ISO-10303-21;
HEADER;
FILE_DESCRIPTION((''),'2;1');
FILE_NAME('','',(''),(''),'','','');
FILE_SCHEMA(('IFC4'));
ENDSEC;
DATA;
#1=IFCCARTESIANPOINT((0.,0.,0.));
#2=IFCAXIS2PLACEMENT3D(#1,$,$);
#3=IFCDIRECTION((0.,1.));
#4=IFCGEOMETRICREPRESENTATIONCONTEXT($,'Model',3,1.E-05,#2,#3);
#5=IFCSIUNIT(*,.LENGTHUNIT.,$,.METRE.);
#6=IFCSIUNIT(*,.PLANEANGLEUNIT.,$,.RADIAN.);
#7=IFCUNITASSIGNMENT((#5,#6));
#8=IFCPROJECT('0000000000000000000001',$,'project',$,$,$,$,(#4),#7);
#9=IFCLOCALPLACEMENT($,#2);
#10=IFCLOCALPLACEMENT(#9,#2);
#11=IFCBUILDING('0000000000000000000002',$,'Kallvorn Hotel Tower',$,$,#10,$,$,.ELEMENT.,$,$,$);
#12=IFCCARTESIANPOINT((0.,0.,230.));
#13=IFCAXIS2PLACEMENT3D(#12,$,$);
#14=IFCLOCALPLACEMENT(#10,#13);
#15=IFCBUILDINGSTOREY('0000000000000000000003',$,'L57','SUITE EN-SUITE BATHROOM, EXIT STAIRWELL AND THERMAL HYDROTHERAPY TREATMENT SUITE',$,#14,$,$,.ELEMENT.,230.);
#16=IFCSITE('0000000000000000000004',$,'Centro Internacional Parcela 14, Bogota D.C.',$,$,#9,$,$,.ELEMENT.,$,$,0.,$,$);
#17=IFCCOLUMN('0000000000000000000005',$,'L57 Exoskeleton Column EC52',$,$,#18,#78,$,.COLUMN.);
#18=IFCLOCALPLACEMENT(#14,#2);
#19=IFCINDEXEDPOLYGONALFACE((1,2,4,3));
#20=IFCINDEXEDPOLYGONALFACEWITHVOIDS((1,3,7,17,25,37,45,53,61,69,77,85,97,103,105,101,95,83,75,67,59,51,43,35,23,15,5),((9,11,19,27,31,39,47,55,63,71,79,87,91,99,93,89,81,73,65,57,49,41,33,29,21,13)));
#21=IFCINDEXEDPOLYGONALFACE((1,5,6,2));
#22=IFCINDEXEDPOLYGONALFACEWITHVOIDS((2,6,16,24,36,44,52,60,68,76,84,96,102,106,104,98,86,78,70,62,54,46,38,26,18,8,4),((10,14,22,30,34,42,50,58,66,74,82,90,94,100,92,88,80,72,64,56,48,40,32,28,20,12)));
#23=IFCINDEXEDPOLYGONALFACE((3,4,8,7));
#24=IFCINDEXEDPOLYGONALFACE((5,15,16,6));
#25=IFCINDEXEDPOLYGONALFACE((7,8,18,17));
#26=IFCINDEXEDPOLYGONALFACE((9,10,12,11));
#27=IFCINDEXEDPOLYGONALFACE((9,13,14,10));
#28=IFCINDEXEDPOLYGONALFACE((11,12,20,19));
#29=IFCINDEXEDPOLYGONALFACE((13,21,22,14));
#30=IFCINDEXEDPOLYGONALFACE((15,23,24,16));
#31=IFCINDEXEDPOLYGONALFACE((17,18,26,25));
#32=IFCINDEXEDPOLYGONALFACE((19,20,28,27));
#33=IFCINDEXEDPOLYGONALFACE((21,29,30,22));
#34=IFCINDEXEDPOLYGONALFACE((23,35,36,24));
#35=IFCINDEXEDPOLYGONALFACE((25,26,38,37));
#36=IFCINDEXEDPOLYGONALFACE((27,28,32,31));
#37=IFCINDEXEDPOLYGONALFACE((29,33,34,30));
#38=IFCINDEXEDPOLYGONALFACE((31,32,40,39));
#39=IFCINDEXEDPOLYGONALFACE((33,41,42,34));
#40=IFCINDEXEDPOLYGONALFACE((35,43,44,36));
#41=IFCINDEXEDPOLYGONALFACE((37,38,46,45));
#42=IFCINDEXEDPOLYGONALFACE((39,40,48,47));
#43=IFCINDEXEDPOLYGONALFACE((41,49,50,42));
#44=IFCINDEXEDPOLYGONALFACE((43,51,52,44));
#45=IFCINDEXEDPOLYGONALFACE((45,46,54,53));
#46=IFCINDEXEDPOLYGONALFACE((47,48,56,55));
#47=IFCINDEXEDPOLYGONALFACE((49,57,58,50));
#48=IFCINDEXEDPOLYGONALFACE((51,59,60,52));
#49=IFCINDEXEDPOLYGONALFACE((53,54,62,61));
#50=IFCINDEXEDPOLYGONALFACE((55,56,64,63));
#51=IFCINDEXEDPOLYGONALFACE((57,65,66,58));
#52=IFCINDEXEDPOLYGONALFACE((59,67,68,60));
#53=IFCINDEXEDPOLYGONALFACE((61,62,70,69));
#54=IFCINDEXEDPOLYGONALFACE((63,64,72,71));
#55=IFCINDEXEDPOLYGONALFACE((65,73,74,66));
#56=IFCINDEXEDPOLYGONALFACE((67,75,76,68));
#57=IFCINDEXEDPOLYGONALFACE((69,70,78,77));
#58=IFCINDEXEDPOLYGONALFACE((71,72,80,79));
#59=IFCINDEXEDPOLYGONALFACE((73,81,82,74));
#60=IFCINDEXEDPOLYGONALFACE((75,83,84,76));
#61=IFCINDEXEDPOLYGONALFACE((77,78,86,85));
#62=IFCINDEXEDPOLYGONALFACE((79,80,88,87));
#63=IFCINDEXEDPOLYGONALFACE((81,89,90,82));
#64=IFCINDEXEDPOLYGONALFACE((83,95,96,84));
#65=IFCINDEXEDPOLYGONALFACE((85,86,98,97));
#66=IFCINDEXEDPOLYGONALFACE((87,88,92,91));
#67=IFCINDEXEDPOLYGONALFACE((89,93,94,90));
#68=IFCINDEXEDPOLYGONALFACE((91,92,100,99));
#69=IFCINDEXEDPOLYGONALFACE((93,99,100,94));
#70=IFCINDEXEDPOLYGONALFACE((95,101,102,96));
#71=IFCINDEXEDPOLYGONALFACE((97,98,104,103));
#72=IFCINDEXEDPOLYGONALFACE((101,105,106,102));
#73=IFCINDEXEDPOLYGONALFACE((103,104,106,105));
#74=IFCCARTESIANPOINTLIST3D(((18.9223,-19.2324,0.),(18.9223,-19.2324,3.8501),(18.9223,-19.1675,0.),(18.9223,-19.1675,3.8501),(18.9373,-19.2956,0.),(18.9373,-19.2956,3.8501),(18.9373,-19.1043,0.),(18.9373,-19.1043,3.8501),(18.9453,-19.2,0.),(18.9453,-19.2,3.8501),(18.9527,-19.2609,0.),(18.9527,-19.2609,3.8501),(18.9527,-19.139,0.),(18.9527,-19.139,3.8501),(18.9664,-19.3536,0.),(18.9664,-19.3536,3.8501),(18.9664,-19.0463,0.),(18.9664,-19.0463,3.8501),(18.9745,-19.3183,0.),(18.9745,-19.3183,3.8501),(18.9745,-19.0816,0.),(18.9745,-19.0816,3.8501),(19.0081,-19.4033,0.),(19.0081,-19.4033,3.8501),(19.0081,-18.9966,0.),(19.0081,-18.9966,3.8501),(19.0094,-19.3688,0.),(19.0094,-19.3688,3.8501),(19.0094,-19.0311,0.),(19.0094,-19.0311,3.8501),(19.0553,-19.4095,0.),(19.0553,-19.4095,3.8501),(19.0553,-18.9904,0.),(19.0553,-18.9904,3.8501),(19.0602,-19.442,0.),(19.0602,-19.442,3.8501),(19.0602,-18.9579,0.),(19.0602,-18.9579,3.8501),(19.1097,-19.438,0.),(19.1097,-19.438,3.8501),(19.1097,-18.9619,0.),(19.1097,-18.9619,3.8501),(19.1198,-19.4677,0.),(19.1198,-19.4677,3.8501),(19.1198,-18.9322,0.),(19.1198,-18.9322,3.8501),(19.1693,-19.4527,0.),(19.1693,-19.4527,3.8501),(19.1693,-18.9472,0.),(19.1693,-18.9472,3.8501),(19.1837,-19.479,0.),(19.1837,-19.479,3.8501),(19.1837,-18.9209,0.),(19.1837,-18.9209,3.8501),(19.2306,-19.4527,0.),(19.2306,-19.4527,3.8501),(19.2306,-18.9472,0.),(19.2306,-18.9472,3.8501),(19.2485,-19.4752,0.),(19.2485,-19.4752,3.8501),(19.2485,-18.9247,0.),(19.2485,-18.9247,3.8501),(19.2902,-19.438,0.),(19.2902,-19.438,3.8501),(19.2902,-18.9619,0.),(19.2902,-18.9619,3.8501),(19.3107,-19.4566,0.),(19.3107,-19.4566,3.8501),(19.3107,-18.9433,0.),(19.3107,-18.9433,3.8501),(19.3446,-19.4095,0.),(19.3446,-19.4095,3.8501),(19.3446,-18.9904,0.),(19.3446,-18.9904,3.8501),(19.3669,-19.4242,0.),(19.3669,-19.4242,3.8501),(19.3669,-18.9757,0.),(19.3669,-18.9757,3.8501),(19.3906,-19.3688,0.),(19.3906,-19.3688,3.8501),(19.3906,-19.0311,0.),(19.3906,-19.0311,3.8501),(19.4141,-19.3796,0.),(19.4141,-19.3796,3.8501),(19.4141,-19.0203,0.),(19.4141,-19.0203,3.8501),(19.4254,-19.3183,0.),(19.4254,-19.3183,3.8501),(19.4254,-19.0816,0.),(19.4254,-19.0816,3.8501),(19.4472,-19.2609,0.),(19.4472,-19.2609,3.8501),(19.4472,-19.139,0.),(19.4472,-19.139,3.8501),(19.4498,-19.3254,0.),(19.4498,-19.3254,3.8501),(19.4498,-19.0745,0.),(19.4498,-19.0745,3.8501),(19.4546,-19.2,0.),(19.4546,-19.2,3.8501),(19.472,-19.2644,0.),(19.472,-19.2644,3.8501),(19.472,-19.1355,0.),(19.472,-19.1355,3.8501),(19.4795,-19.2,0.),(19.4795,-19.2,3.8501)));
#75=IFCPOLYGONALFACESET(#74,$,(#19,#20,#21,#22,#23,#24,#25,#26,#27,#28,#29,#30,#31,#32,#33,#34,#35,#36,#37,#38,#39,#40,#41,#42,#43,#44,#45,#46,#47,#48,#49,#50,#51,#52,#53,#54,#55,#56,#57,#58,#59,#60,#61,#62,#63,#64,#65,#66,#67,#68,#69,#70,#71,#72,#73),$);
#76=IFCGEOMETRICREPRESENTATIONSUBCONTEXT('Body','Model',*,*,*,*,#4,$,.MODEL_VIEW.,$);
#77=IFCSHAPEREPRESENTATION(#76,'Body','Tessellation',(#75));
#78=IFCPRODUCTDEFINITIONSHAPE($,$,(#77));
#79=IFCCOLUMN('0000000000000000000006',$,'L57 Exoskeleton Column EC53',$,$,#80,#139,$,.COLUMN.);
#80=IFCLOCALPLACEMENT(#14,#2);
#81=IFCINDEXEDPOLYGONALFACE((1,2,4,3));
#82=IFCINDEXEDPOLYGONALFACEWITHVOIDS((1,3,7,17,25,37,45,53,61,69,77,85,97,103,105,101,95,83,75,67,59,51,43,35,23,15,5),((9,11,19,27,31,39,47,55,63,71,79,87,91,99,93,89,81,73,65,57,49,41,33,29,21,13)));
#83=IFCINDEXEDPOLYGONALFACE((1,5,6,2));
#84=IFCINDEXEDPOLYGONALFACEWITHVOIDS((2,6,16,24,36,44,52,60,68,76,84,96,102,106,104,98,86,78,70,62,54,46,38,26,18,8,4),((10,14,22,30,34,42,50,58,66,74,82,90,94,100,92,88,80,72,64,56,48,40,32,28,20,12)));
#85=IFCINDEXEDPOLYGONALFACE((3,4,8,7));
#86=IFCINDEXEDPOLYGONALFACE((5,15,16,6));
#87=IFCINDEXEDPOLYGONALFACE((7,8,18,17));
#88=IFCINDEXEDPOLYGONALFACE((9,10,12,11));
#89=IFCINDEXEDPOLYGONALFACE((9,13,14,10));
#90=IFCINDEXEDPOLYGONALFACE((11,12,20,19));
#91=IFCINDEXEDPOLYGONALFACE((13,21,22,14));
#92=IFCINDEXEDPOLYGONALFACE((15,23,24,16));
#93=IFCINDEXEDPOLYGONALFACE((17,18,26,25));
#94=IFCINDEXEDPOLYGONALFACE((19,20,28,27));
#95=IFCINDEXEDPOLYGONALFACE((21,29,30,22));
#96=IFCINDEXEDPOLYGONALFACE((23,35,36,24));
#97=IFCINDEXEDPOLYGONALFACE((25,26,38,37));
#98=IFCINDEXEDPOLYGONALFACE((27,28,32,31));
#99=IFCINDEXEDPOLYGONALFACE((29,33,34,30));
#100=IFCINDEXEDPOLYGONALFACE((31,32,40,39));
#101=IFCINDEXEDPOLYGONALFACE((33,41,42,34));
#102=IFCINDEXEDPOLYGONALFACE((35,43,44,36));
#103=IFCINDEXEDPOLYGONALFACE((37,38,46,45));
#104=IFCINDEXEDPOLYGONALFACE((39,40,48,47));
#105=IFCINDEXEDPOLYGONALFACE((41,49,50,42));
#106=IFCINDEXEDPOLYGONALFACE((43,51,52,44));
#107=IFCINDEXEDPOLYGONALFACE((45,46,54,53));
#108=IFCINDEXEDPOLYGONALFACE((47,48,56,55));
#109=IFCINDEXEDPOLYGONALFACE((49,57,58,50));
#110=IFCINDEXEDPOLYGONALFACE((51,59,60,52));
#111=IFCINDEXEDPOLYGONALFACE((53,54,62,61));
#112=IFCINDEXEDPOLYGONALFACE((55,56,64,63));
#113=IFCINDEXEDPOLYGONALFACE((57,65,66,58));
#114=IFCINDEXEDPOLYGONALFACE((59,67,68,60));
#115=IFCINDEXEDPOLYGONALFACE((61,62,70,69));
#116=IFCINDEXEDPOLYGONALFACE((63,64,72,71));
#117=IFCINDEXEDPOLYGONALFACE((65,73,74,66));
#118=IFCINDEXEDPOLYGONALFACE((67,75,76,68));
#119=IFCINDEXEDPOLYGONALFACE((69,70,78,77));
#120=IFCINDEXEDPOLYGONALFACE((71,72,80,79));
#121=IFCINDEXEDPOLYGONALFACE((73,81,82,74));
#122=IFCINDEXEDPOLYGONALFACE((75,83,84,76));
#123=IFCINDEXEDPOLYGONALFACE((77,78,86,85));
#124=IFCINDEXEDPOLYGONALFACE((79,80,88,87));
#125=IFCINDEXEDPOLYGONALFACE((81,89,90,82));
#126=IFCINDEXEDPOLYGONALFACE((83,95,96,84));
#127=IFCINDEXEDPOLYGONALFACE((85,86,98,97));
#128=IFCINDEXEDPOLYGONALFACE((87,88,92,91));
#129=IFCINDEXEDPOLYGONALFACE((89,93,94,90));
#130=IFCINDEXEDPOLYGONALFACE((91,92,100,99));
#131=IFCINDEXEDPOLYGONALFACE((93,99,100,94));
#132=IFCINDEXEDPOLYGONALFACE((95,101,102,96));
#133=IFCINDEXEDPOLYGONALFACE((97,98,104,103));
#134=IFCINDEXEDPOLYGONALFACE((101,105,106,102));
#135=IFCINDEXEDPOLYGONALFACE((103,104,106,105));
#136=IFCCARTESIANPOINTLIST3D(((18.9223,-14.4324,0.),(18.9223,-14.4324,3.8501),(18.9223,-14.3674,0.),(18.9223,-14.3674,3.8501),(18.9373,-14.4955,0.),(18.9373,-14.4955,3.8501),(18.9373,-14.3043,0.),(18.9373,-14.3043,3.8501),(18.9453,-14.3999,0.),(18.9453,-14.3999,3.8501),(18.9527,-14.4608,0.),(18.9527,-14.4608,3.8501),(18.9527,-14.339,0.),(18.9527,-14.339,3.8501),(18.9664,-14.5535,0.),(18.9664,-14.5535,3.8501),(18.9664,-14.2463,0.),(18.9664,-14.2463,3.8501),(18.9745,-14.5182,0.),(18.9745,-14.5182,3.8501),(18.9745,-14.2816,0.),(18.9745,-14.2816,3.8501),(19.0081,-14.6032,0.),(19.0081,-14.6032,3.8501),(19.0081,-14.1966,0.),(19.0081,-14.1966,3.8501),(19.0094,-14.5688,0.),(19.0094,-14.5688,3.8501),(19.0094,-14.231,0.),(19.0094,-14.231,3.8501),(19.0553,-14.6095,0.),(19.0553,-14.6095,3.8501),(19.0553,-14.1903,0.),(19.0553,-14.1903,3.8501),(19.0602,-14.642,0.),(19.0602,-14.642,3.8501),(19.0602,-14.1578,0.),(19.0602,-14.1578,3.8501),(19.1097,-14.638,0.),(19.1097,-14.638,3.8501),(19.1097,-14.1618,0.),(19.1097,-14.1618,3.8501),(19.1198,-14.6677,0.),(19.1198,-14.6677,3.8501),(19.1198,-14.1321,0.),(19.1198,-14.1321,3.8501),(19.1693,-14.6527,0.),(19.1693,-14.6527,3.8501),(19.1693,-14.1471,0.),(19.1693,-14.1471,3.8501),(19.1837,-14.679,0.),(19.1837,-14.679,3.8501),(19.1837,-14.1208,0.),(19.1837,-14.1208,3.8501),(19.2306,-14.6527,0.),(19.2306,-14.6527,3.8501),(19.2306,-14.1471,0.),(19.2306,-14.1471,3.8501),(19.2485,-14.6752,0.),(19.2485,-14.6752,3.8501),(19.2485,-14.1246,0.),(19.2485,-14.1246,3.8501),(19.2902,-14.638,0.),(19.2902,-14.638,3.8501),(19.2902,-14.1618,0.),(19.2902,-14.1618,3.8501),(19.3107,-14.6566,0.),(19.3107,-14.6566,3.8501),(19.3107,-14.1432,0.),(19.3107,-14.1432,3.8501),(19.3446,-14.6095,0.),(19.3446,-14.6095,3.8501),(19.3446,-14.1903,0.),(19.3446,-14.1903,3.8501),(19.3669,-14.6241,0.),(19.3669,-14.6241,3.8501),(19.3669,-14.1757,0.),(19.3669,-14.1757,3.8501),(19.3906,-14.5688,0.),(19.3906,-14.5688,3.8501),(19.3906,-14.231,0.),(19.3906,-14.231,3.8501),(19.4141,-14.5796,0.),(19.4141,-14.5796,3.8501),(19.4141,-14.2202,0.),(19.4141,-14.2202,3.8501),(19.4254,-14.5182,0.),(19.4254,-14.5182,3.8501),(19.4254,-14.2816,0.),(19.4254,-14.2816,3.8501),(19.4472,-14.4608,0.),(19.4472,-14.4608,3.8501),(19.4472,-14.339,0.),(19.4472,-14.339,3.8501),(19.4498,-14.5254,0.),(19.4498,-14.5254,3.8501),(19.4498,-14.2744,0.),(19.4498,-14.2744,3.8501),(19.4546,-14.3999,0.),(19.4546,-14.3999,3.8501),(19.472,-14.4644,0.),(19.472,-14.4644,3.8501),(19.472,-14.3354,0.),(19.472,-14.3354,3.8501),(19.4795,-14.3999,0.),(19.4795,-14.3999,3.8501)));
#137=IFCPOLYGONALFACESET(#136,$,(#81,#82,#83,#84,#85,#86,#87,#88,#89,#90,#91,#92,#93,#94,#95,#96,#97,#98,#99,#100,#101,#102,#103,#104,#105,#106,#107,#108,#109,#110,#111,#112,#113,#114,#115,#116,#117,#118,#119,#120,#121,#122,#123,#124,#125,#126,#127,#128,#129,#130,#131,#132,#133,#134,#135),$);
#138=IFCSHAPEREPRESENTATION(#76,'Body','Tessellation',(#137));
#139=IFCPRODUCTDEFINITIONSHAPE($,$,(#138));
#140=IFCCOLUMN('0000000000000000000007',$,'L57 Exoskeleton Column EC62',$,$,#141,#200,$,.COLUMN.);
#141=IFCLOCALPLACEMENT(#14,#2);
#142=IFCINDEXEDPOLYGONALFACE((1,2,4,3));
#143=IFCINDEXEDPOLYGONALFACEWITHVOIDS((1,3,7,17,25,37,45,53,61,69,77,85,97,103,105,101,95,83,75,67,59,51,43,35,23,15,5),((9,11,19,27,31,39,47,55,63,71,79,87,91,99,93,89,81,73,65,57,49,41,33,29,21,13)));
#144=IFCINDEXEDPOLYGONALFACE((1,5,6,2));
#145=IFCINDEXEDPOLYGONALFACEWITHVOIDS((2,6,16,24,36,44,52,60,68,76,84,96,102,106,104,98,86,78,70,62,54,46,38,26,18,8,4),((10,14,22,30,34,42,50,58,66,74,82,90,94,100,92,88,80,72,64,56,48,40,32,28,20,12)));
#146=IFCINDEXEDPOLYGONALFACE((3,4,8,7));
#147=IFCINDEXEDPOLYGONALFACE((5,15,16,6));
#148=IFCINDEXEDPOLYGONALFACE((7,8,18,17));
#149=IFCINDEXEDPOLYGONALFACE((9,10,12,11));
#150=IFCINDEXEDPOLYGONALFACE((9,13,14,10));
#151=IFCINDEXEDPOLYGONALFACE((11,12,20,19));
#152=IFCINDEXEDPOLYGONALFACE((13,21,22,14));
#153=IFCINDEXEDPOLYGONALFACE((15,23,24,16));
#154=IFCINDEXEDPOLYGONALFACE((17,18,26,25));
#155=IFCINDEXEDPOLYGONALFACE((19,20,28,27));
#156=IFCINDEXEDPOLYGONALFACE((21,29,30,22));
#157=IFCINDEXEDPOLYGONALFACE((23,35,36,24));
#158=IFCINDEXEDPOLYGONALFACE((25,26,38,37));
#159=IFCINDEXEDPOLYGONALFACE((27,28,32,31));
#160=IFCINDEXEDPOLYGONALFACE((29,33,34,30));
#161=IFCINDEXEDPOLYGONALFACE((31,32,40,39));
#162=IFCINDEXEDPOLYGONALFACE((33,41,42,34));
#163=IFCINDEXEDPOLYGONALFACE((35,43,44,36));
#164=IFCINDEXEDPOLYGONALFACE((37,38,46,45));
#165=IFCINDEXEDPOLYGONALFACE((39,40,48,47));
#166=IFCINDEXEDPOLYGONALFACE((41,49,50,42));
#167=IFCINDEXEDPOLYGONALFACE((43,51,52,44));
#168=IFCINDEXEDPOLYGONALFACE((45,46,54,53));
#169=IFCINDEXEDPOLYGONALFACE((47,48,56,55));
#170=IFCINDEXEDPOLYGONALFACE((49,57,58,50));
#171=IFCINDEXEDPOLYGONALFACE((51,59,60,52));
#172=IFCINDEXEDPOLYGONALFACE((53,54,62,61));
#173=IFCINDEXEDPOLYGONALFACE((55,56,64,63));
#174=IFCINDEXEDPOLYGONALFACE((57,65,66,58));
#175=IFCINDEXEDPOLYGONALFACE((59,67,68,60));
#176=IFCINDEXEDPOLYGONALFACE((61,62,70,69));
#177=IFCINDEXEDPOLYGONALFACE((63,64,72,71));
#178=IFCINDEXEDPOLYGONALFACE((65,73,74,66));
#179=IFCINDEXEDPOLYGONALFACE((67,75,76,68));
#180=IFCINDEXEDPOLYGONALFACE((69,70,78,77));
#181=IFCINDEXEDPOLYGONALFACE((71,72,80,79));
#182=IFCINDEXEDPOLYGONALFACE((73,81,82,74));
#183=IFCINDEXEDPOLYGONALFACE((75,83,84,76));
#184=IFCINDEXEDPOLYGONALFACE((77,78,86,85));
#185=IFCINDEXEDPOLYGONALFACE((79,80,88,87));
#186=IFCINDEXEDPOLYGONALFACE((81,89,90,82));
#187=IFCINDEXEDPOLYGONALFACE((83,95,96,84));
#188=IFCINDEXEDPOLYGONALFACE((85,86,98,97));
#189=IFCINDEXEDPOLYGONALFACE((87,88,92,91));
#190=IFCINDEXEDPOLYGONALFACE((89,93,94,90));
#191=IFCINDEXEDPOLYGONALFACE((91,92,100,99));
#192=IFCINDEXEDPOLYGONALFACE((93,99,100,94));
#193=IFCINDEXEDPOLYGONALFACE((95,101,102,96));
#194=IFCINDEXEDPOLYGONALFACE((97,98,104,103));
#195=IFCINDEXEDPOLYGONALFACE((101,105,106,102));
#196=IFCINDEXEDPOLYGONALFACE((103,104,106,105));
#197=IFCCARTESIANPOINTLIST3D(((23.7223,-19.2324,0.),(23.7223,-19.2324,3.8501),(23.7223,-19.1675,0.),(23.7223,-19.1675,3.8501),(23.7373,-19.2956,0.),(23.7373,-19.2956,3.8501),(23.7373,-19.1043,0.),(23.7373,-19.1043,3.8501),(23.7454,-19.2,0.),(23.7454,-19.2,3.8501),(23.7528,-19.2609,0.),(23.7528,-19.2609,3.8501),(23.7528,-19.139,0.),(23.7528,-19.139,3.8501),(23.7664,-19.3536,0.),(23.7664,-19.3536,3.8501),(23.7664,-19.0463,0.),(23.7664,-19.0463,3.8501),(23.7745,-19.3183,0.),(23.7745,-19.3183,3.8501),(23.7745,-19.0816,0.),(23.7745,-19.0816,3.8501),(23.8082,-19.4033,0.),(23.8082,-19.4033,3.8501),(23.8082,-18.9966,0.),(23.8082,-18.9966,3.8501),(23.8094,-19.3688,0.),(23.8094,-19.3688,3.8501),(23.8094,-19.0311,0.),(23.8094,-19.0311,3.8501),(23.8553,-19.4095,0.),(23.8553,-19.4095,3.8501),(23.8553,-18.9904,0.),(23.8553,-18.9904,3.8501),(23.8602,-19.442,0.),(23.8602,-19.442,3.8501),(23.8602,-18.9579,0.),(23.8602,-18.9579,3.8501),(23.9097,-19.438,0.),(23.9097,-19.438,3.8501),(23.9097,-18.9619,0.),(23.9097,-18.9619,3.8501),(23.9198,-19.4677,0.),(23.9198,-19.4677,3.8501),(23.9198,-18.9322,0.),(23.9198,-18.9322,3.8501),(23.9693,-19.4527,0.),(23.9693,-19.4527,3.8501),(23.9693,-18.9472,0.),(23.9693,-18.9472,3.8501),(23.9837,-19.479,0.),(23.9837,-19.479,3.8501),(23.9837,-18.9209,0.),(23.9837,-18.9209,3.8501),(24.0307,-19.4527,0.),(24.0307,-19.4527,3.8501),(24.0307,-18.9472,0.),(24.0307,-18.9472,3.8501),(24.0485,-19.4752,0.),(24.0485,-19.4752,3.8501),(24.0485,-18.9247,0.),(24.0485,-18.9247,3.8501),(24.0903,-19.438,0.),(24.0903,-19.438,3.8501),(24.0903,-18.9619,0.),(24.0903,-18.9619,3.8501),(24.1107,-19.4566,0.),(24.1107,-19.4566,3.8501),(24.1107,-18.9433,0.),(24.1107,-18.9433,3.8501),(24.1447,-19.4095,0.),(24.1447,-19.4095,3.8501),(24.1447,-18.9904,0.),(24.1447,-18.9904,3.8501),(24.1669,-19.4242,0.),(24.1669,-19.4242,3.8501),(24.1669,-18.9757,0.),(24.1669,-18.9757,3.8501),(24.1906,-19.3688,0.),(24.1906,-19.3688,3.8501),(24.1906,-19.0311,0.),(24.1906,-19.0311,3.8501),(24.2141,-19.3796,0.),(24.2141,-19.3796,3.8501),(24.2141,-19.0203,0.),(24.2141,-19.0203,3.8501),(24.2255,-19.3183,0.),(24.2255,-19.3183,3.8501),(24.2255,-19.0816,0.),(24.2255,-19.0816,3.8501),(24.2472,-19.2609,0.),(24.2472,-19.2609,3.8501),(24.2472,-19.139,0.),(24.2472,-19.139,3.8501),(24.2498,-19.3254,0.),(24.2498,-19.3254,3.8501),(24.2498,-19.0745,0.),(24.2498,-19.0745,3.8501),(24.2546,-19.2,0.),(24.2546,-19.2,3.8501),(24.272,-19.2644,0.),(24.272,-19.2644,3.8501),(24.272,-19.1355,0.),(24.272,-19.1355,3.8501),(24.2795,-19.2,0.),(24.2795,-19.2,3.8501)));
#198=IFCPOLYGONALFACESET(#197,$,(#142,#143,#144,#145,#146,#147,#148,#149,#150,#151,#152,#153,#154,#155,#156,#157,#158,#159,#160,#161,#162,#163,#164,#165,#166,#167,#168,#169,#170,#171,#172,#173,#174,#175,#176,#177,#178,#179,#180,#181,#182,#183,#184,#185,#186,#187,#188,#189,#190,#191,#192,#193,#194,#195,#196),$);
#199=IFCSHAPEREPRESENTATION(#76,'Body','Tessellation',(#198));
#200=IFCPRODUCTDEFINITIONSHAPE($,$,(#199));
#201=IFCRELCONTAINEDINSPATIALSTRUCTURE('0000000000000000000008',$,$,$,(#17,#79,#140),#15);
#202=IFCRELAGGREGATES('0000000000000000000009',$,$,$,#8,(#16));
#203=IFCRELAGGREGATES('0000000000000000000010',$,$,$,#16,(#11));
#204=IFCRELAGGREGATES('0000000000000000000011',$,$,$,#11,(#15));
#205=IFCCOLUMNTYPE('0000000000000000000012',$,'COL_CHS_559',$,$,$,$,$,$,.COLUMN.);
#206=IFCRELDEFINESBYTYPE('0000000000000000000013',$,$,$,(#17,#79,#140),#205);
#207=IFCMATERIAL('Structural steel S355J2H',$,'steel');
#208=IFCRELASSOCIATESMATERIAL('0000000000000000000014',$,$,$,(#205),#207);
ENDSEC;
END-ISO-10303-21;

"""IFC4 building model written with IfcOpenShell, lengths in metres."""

from ifc_helpers import new_model, si_unit, direction, frame, origin, origin_2d, place, context, subcontext, project, spatial, hollow_circle, extrude, material, material_profile, profile_set, type_object, element, save


model = new_model("IFC4")

# Units and contexts
model_context = context("Model", 3, precision=1e-05, world=origin(), true_north=direction((0.0, 1.0)))
body_context = subcontext(model_context, "Body", "Model", "MODEL_VIEW")
ifc_project = project(units=[si_unit("LENGTHUNIT", "METRE"), si_unit("PLANEANGLEUNIT", "RADIAN")], contexts=[model_context])

# Site, building, storey
site_placement = place(None, origin())
site = spatial("IfcSite", under=ifc_project, at=site_placement, Name="Centro Internacional Parcela 14, Bogota D.C.", CompositionType="ELEMENT", RefElevation=0.0)
building_placement = place(site_placement, origin())
building = spatial("IfcBuilding", under=site, at=building_placement, Name="Kallvorn Hotel Tower", CompositionType="ELEMENT")
storey_placement = place(building_placement, frame((0.0, 0.0, 230.0)))
storey = spatial("IfcBuildingStorey", under=building, at=storey_placement, Name="L57", Description="SUITE EN-SUITE BATHROOM, EXIT STAIRWELL AND THERMAL HYDROTHERAPY TREATMENT SUITE", CompositionType="ELEMENT", Elevation=230.0)

# Columns
ifc_material_1 = material(Name="Structural steel S355J2H", Category="steel")
ifc_material_profile_1 = material_profile(ifc_material_1, hollow_circle(Radius=0.2795, WallThickness=0.0249, at=origin_2d()), Name="CHS 559x25")
ifc_profile_set_1 = profile_set([ifc_material_profile_1], Name="Structural steel S355J2H")
column_type_1 = type_object("IfcColumnType", Name="COL_CHS_559", PredefinedType="COLUMN", material=ifc_profile_set_1)
for number, where, z_axis, x_axis, name in (
    (1, (19.2, -19.2, 0.0), (0.0, 0.0, 1.0), (1.0, 0.0, 0.0), "L57 Exoskeleton Column EC52"),
    (2, (19.2, -14.3999, 0.0), (0.0, 0.0, 1.0), (1.0, 0.0, 0.0), "L57 Exoskeleton Column EC53"),
    (3, (24.0, -19.2, 0.0), (0.0, 0.0, 1.0), (1.0, 0.0, 0.0), "L57 Exoskeleton Column EC62"),
):
    element("IfcColumn", number, at=place(storey_placement, frame(where, z_axis=z_axis, x_axis=x_axis)), inside=storey, type_object=column_type_1, Name=name, PredefinedType="COLUMN", context=body_context, shape_type="SweptSolid", body=[
        extrude(hollow_circle(Radius=0.2795, WallThickness=0.0249, at=origin_2d()), origin(), (0.0, 0.0, 1.0), 3.8501),
    ])

save(model, "model.ifc")
